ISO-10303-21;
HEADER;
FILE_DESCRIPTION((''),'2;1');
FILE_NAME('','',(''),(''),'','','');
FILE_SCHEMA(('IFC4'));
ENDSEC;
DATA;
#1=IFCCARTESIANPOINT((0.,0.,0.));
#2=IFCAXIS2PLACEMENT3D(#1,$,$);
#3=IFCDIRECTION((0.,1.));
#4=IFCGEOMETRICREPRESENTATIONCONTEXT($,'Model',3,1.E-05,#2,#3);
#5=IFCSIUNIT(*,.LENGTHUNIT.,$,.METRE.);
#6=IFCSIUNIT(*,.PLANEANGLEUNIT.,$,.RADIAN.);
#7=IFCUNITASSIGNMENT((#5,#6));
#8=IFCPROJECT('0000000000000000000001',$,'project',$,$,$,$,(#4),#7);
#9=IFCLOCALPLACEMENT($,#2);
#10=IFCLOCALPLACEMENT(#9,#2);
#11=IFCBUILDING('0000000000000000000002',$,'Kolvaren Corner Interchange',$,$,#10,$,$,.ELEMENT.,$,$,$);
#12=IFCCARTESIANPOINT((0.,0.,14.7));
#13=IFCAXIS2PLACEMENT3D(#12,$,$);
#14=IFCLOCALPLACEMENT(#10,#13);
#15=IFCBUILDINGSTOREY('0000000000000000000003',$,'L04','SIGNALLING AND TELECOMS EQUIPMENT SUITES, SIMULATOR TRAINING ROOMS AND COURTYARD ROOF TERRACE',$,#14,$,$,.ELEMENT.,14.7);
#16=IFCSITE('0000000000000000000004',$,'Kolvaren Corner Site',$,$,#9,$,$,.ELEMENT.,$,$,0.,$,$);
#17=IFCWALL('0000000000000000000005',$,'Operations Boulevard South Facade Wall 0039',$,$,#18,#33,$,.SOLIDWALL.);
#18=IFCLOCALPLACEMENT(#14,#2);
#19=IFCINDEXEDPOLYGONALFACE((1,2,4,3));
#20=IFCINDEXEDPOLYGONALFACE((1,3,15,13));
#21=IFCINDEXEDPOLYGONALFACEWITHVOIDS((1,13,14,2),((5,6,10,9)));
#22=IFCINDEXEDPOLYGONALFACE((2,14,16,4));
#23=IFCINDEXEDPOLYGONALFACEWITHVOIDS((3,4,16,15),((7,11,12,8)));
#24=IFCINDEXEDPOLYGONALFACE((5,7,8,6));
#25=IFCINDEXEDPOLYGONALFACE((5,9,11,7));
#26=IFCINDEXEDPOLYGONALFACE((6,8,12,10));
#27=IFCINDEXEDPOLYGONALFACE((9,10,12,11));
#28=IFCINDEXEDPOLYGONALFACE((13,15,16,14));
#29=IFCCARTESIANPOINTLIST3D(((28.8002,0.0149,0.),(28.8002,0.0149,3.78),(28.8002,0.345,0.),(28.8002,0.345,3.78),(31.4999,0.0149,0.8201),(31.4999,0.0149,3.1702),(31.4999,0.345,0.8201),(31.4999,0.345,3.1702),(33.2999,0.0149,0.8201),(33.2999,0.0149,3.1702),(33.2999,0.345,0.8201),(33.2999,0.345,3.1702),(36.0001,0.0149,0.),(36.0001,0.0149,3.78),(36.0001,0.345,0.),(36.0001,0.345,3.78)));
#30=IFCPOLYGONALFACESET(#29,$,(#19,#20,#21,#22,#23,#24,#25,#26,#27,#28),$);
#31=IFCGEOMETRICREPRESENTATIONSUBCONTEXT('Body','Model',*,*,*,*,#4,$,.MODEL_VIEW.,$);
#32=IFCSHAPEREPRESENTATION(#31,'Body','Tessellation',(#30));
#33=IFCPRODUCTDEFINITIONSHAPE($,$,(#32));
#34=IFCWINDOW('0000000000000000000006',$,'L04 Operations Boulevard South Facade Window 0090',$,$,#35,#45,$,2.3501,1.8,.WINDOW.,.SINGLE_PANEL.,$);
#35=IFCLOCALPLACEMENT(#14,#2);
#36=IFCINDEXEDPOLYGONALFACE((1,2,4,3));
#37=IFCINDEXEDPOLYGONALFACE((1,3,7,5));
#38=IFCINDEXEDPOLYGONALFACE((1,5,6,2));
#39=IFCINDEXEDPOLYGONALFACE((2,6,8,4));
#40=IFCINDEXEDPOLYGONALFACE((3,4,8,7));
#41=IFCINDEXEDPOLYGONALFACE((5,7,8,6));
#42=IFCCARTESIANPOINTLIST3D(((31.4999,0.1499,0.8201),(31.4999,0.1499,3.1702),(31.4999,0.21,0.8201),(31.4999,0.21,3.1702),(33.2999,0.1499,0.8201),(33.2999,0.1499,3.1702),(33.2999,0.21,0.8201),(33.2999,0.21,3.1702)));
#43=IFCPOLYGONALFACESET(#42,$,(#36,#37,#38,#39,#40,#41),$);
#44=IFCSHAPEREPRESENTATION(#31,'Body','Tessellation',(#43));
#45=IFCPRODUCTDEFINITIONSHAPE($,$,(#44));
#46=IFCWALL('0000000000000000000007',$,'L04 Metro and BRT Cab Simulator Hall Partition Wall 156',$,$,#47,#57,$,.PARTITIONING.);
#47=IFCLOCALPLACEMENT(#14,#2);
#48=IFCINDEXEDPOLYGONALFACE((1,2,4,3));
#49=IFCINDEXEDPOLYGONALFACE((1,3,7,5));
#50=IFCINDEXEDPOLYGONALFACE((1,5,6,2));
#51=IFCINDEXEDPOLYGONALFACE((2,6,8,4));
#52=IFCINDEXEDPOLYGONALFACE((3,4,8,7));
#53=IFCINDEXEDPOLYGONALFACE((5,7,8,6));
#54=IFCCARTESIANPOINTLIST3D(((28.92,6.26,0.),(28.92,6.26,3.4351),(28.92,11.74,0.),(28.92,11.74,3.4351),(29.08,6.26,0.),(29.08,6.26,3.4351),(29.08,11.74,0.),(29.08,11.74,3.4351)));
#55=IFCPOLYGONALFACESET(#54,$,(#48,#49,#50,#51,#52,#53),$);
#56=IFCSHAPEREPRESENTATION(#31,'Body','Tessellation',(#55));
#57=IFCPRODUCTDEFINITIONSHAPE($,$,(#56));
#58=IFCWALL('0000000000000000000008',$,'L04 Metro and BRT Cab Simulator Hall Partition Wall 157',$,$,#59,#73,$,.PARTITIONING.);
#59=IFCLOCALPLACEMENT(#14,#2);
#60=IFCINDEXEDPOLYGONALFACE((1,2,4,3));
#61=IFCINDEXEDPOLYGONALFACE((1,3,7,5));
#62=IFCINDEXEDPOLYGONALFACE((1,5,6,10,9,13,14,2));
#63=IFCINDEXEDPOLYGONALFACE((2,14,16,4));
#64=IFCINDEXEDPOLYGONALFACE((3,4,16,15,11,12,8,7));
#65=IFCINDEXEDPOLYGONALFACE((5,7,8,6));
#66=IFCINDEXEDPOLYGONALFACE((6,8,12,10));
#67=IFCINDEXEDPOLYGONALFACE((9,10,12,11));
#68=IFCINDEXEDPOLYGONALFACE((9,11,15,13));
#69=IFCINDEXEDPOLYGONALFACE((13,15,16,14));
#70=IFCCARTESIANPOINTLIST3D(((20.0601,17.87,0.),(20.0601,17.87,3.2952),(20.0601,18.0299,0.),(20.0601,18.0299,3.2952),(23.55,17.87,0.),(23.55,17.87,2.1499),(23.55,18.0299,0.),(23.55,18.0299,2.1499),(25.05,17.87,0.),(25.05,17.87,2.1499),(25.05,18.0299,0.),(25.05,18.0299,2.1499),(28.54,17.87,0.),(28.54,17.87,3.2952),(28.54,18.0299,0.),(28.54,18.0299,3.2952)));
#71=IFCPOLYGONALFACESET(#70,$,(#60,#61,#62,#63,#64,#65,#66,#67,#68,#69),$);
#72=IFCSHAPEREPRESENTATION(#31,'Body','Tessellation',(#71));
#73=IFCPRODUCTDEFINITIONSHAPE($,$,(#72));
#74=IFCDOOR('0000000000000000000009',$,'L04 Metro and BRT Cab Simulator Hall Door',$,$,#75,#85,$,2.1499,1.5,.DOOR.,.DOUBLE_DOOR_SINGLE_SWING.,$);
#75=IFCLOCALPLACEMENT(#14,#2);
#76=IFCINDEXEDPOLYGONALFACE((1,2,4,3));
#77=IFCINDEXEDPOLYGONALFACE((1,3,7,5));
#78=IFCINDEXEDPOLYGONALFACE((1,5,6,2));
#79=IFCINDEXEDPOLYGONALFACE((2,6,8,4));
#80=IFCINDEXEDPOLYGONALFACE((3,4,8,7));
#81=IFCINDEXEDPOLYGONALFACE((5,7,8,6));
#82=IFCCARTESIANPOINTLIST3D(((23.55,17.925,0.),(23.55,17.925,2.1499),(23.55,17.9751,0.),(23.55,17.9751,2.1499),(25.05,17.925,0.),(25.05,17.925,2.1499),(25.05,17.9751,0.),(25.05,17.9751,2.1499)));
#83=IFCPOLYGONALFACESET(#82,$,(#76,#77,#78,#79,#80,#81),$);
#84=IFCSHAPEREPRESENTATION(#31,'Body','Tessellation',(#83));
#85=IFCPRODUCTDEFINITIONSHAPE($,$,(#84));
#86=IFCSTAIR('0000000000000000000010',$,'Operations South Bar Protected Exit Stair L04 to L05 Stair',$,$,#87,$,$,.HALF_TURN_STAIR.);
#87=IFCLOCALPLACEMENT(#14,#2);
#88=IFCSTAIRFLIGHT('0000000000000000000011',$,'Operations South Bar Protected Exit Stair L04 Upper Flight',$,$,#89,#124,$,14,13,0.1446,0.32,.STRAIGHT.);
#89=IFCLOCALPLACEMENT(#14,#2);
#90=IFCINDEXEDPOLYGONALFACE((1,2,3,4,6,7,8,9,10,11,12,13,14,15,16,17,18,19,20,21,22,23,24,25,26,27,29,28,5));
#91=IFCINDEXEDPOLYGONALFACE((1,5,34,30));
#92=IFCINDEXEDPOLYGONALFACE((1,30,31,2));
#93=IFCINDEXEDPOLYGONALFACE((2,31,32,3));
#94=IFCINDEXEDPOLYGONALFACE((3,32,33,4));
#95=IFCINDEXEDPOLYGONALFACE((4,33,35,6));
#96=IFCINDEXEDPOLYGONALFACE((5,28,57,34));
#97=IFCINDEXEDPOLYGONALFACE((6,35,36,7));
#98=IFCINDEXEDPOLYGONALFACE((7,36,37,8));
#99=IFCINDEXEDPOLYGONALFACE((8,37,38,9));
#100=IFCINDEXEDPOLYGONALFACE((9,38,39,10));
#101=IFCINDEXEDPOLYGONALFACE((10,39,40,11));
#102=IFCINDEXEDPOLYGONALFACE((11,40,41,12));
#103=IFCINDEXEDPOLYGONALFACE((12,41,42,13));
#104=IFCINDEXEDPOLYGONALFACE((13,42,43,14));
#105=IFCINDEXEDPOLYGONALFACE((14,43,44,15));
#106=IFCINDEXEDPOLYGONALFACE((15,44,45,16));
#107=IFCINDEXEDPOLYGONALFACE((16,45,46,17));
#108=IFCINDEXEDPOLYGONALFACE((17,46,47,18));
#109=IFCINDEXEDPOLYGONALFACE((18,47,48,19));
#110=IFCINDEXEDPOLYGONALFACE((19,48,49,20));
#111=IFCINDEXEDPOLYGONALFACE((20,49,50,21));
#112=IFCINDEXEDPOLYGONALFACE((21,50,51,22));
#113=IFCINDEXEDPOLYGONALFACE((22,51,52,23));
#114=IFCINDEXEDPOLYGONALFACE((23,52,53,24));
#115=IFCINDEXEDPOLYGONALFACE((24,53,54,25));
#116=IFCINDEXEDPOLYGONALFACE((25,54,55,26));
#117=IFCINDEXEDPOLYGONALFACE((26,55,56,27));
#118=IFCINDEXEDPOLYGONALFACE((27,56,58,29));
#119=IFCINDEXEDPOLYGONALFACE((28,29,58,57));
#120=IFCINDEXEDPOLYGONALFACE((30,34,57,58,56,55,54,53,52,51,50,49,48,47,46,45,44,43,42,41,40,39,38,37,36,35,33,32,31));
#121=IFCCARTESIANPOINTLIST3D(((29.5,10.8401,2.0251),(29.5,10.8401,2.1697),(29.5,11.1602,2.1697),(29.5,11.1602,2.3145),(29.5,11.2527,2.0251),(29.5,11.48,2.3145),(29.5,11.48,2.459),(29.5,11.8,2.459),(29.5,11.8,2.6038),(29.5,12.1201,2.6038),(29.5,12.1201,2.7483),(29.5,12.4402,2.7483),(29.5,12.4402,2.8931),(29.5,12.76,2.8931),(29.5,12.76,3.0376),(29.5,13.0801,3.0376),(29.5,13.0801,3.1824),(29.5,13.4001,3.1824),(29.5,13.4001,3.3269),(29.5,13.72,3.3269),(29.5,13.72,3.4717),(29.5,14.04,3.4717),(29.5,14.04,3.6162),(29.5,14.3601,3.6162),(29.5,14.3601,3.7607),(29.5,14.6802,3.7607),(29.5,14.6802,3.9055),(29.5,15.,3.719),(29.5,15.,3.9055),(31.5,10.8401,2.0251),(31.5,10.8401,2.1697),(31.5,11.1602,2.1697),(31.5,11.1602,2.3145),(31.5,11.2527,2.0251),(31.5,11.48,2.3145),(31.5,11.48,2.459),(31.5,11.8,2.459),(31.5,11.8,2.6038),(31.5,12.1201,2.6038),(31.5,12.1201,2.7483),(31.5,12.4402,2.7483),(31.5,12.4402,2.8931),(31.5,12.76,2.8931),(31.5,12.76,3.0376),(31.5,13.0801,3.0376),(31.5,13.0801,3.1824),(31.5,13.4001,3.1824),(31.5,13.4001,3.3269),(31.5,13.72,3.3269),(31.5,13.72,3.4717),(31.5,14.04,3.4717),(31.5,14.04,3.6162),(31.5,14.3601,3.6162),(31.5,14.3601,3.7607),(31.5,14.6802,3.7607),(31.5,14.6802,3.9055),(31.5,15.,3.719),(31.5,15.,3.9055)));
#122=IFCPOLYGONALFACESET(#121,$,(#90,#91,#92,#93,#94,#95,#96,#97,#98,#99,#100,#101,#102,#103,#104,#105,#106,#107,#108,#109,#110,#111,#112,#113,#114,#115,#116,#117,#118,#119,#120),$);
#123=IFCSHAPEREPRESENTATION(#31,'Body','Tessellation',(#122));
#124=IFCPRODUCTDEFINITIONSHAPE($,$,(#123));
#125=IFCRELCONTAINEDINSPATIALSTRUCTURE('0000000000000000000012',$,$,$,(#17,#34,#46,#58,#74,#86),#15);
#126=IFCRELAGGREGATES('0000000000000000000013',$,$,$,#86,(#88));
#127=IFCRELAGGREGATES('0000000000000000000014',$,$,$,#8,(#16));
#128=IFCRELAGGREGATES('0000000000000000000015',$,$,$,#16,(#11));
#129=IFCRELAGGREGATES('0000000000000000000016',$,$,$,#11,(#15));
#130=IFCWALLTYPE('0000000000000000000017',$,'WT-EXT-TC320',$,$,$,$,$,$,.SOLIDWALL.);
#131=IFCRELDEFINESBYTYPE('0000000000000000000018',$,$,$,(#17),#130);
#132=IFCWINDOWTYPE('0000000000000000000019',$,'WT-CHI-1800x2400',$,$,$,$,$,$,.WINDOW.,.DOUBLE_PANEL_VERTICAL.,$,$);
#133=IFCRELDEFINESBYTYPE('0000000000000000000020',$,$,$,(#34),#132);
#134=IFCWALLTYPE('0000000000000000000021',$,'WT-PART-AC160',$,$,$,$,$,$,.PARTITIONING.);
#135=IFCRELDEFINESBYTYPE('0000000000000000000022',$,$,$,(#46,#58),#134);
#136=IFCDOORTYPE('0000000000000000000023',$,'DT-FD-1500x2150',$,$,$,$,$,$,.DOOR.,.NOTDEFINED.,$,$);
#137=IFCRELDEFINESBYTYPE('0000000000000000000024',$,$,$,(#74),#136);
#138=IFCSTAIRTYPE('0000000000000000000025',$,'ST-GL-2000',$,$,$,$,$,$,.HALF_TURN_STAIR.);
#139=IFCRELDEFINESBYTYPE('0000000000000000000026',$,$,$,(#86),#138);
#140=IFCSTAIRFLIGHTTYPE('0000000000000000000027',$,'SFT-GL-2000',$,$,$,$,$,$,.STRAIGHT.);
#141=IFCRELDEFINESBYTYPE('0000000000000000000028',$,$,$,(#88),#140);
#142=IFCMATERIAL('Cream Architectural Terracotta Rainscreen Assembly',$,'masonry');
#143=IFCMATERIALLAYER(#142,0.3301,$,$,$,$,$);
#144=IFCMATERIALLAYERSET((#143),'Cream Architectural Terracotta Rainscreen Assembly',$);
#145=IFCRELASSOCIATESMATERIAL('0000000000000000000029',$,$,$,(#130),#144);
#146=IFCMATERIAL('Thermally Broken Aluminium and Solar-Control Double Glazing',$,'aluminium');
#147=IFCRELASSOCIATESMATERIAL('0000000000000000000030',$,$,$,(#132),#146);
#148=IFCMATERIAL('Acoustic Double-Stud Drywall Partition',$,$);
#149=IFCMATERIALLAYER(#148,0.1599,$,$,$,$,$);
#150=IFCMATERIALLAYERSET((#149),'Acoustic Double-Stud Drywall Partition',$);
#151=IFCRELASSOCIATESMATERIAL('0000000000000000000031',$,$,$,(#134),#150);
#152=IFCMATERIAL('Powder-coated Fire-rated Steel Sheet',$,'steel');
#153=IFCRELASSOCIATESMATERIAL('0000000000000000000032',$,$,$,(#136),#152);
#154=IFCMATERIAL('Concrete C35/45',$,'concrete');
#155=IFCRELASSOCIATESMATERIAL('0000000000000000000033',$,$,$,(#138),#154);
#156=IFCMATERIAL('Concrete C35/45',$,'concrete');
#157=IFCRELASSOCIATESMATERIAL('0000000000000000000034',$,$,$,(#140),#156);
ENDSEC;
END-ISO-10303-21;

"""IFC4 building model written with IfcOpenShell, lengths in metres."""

from ifc_helpers import new_model, si_unit, direction, frame, frame_2d, origin, place, context, subcontext, project, spatial, polyline, rectangle, outline, extrude, material, layer, layer_set, type_object, element, fill, aggregate, save


model = new_model("IFC4")

# Units and contexts
model_context = context("Model", 3, precision=1e-05, world=origin(), true_north=direction((0.0, 1.0)))
body_context = subcontext(model_context, "Body", "Model", "MODEL_VIEW")
ifc_project = project(units=[si_unit("LENGTHUNIT", "METRE"), si_unit("PLANEANGLEUNIT", "RADIAN")], contexts=[model_context])

# Site, building, storey
site_placement = place(None, origin())
site = spatial("IfcSite", under=ifc_project, at=site_placement, Name="Kolvaren Corner Site", CompositionType="ELEMENT", RefElevation=0.0)
building_placement = place(site_placement, origin())
building = spatial("IfcBuilding", under=site, at=building_placement, Name="Kolvaren Corner Interchange", CompositionType="ELEMENT")
storey_placement = place(building_placement, frame((0.0, 0.0, 14.7)))
storey = spatial("IfcBuildingStorey", under=building, at=storey_placement, Name="L04", Description="SIGNALLING AND TELECOMS EQUIPMENT SUITES, SIMULATOR TRAINING ROOMS AND COURTYARD ROOF TERRACE", CompositionType="ELEMENT", Elevation=14.7)

# Wall, opening, window
ifc_material_1 = material(Name="Cream Architectural Terracotta Rainscreen Assembly", Category="masonry")
ifc_layer_1 = layer(ifc_material_1, 0.3301)
ifc_layer_set_1 = layer_set([ifc_layer_1], Name="Cream Architectural Terracotta Rainscreen Assembly")
wall_type_1 = type_object("IfcWallType", Name="WT-EXT-TC320", PredefinedType="SOLIDWALL", material=ifc_layer_set_1)
wall_1_placement = place(storey_placement, frame((28.8, 0.1799, 0.0), z_axis=(0.0, 0.0, 1.0), x_axis=(1.0, 0.0, 0.0)))
wall_1 = element("IfcWall", 1, at=wall_1_placement, inside=storey, type_object=wall_type_1, Name="Operations Boulevard South Facade Wall 0039", PredefinedType="SOLIDWALL", context=body_context, shape_type="SweptSolid", body=[
    extrude(rectangle(XDim=7.2, YDim=0.3301, at=frame_2d((3.6001, 0.0))), origin(), (0.0, 0.0, 1.0), 3.78),
])
opening_1_placement = place(wall_1_placement, frame((2.7, 0.0, 0.8201)))
opening_1 = element("IfcOpeningElement", 2, at=opening_1_placement, cuts=wall_1, PredefinedType="OPENING", context=body_context, shape_type="SweptSolid", body=[
    extrude(rectangle(XDim=1.8, YDim=2.3501, at=frame_2d((0.8999, 1.175))), frame((0.0, 0.175, 0.0), z_axis=(0.0, -1.0, 0.0), x_axis=(1.0, 0.0, 0.0)), (0.0, 0.0, 1.0), 0.3501),
])
ifc_material_2 = material(Name="Thermally Broken Aluminium and Solar-Control Double Glazing", Category="aluminium")
window_type = type_object("IfcWindowType", Name="WT-CHI-1800x2400", PartitioningType="DOUBLE_PANEL_VERTICAL", PredefinedType="WINDOW", material=ifc_material_2)
window_placement = place(opening_1_placement, origin())
window = element("IfcWindow", 3, at=window_placement, inside=storey, type_object=window_type, Name="L04 Operations Boulevard South Facade Window 0090", OverallHeight=2.3501, OverallWidth=1.8, PartitioningType="SINGLE_PANEL", PredefinedType="WINDOW", context=body_context, shape_type="SweptSolid", body=[
    extrude(rectangle(XDim=1.8, YDim=2.3501, at=frame_2d((0.8999, 1.175))), frame((0.0, 0.03, 0.0), z_axis=(0.0, -1.0, 0.0), x_axis=(1.0, 0.0, 0.0)), (0.0, 0.0, 1.0), 0.0601),
])
fill(opening_1, window)

# Wall
ifc_material_3 = material(Name="Acoustic Double-Stud Drywall Partition")
ifc_layer_2 = layer(ifc_material_3, 0.1599)
ifc_layer_set_2 = layer_set([ifc_layer_2], Name="Acoustic Double-Stud Drywall Partition")
wall_type_2 = type_object("IfcWallType", Name="WT-PART-AC160", PredefinedType="PARTITIONING", material=ifc_layer_set_2)
wall_2_placement = place(storey_placement, frame((29.0, 6.26, 0.0), z_axis=(0.0, 0.0, 1.0), x_axis=(0.0, 1.0, 0.0)))
element("IfcWall", 4, at=wall_2_placement, inside=storey, type_object=wall_type_2, Name="L04 Metro and BRT Cab Simulator Hall Partition Wall 156", PredefinedType="PARTITIONING", context=body_context, shape_type="SweptSolid", body=[
    extrude(rectangle(XDim=5.48, YDim=0.1599, at=frame_2d((2.74, 0.0))), origin(), (0.0, 0.0, 1.0), 3.4351),
])

# Wall, opening, door
wall_3_placement = place(storey_placement, frame((28.54, 17.95, 0.0), z_axis=(0.0, 0.0, 1.0), x_axis=(-1.0, 0.0, 0.0)))
wall_3 = element("IfcWall", 5, at=wall_3_placement, inside=storey, type_object=wall_type_2, Name="L04 Metro and BRT Cab Simulator Hall Partition Wall 157", PredefinedType="PARTITIONING", context=body_context, shape_type="SweptSolid", body=[
    extrude(rectangle(XDim=8.48, YDim=0.1599, at=frame_2d((4.24, 0.0))), origin(), (0.0, 0.0, 1.0), 3.2952),
])
opening_2_placement = place(wall_3_placement, frame((3.49, 0.0, 0.0)))
opening_2 = element("IfcOpeningElement", 6, at=opening_2_placement, cuts=wall_3, PredefinedType="OPENING", context=body_context, shape_type="SweptSolid", body=[
    extrude(rectangle(XDim=1.5, YDim=2.1499, at=frame_2d((0.75, 1.075))), frame((0.0, 0.0898, 0.0), z_axis=(0.0, -1.0, 0.0), x_axis=(1.0, 0.0, 0.0)), (0.0, 0.0, 1.0), 0.1799),
])
ifc_material_4 = material(Name="Powder-coated Fire-rated Steel Sheet", Category="steel")
door_type_1 = type_object("IfcDoorType", Name="DT-FD-1500x2150", OperationType="NOTDEFINED", PredefinedType="DOOR", material=ifc_material_4)
door_1_placement = place(opening_2_placement, origin())
door_1 = element("IfcDoor", 7, at=door_1_placement, inside=storey, type_object=door_type_1, Name="L04 Metro and BRT Cab Simulator Hall Door", OperationType="DOUBLE_DOOR_SINGLE_SWING", OverallHeight=2.1499, OverallWidth=1.5, PredefinedType="DOOR", context=body_context, shape_type="SweptSolid", body=[
    extrude(rectangle(XDim=1.5, YDim=2.1499, at=frame_2d((0.75, 1.075))), frame((0.0, 0.0249, 0.0), z_axis=(0.0, -1.0, 0.0), x_axis=(1.0, 0.0, 0.0)), (0.0, 0.0, 1.0), 0.05),
])
fill(opening_2, door_1)

# Stair, stair flight
ifc_material_5 = material(Name="Concrete C35/45", Category="concrete")
stair_type = type_object("IfcStairType", Name="ST-GL-2000", PredefinedType="HALF_TURN_STAIR", material=ifc_material_5)
stair_placement = place(storey_placement, origin())
stair = element("IfcStair", 8, at=stair_placement, inside=storey, type_object=stair_type, Name="Operations South Bar Protected Exit Stair L04 to L05 Stair", PredefinedType="HALF_TURN_STAIR")
ifc_material_6 = material(Name="Concrete C35/45", Category="concrete")
stair_flight_type = type_object("IfcStairFlightType", Name="SFT-GL-2000", PredefinedType="STRAIGHT", material=ifc_material_6)
stair_flight_placement = place(storey_placement, frame((30.5, 10.8401, 2.0251), z_axis=(0.0, 0.0, 1.0), x_axis=(0.0, 1.0, 0.0)))
stair_flight = element("IfcStairFlight", 9, at=stair_flight_placement, type_object=stair_flight_type, Name="Operations South Bar Protected Exit Stair L04 Upper Flight", NumberOfRisers=14, NumberOfTreads=13, PredefinedType="STRAIGHT", RiserHeight=0.1446, TreadLength=0.32, context=body_context, shape_type="SweptSolid", body=[
    extrude(outline(polyline([(0.0, 0.0), (0.0, 0.1445), (0.3201, 0.1445), (0.3201, 0.2893), (0.6399, 0.2893), (0.6399, 0.4338), (0.96, 0.4338), (0.96, 0.5786), (1.28, 0.5786), (1.28, 0.7231), (1.6001, 0.7231), (1.6001, 0.8679), (1.9199, 0.8679), (1.9199, 1.0125), (2.24, 1.0125), (2.24, 1.1572), (2.5601, 1.1572), (2.5601, 1.3018), (2.8799, 1.3018), (2.8799, 1.4465), (3.2, 1.4465), (3.2, 1.5911), (3.52, 1.5911), (3.52, 1.7356), (3.8401, 1.7356), (3.8401, 1.8804), (4.1599, 1.8804), (4.1599, 2.0249), (4.1599, 1.6938), (0.4126, 0.0), (0.0, 0.0)])), frame((0.0, 1.0, 0.0), z_axis=(0.0, -1.0, 0.0), x_axis=(1.0, 0.0, 0.0)), (0.0, 0.0, 1.0), 2.0),
])
aggregate(stair, [stair_flight])

save(model, "model.ifc")
